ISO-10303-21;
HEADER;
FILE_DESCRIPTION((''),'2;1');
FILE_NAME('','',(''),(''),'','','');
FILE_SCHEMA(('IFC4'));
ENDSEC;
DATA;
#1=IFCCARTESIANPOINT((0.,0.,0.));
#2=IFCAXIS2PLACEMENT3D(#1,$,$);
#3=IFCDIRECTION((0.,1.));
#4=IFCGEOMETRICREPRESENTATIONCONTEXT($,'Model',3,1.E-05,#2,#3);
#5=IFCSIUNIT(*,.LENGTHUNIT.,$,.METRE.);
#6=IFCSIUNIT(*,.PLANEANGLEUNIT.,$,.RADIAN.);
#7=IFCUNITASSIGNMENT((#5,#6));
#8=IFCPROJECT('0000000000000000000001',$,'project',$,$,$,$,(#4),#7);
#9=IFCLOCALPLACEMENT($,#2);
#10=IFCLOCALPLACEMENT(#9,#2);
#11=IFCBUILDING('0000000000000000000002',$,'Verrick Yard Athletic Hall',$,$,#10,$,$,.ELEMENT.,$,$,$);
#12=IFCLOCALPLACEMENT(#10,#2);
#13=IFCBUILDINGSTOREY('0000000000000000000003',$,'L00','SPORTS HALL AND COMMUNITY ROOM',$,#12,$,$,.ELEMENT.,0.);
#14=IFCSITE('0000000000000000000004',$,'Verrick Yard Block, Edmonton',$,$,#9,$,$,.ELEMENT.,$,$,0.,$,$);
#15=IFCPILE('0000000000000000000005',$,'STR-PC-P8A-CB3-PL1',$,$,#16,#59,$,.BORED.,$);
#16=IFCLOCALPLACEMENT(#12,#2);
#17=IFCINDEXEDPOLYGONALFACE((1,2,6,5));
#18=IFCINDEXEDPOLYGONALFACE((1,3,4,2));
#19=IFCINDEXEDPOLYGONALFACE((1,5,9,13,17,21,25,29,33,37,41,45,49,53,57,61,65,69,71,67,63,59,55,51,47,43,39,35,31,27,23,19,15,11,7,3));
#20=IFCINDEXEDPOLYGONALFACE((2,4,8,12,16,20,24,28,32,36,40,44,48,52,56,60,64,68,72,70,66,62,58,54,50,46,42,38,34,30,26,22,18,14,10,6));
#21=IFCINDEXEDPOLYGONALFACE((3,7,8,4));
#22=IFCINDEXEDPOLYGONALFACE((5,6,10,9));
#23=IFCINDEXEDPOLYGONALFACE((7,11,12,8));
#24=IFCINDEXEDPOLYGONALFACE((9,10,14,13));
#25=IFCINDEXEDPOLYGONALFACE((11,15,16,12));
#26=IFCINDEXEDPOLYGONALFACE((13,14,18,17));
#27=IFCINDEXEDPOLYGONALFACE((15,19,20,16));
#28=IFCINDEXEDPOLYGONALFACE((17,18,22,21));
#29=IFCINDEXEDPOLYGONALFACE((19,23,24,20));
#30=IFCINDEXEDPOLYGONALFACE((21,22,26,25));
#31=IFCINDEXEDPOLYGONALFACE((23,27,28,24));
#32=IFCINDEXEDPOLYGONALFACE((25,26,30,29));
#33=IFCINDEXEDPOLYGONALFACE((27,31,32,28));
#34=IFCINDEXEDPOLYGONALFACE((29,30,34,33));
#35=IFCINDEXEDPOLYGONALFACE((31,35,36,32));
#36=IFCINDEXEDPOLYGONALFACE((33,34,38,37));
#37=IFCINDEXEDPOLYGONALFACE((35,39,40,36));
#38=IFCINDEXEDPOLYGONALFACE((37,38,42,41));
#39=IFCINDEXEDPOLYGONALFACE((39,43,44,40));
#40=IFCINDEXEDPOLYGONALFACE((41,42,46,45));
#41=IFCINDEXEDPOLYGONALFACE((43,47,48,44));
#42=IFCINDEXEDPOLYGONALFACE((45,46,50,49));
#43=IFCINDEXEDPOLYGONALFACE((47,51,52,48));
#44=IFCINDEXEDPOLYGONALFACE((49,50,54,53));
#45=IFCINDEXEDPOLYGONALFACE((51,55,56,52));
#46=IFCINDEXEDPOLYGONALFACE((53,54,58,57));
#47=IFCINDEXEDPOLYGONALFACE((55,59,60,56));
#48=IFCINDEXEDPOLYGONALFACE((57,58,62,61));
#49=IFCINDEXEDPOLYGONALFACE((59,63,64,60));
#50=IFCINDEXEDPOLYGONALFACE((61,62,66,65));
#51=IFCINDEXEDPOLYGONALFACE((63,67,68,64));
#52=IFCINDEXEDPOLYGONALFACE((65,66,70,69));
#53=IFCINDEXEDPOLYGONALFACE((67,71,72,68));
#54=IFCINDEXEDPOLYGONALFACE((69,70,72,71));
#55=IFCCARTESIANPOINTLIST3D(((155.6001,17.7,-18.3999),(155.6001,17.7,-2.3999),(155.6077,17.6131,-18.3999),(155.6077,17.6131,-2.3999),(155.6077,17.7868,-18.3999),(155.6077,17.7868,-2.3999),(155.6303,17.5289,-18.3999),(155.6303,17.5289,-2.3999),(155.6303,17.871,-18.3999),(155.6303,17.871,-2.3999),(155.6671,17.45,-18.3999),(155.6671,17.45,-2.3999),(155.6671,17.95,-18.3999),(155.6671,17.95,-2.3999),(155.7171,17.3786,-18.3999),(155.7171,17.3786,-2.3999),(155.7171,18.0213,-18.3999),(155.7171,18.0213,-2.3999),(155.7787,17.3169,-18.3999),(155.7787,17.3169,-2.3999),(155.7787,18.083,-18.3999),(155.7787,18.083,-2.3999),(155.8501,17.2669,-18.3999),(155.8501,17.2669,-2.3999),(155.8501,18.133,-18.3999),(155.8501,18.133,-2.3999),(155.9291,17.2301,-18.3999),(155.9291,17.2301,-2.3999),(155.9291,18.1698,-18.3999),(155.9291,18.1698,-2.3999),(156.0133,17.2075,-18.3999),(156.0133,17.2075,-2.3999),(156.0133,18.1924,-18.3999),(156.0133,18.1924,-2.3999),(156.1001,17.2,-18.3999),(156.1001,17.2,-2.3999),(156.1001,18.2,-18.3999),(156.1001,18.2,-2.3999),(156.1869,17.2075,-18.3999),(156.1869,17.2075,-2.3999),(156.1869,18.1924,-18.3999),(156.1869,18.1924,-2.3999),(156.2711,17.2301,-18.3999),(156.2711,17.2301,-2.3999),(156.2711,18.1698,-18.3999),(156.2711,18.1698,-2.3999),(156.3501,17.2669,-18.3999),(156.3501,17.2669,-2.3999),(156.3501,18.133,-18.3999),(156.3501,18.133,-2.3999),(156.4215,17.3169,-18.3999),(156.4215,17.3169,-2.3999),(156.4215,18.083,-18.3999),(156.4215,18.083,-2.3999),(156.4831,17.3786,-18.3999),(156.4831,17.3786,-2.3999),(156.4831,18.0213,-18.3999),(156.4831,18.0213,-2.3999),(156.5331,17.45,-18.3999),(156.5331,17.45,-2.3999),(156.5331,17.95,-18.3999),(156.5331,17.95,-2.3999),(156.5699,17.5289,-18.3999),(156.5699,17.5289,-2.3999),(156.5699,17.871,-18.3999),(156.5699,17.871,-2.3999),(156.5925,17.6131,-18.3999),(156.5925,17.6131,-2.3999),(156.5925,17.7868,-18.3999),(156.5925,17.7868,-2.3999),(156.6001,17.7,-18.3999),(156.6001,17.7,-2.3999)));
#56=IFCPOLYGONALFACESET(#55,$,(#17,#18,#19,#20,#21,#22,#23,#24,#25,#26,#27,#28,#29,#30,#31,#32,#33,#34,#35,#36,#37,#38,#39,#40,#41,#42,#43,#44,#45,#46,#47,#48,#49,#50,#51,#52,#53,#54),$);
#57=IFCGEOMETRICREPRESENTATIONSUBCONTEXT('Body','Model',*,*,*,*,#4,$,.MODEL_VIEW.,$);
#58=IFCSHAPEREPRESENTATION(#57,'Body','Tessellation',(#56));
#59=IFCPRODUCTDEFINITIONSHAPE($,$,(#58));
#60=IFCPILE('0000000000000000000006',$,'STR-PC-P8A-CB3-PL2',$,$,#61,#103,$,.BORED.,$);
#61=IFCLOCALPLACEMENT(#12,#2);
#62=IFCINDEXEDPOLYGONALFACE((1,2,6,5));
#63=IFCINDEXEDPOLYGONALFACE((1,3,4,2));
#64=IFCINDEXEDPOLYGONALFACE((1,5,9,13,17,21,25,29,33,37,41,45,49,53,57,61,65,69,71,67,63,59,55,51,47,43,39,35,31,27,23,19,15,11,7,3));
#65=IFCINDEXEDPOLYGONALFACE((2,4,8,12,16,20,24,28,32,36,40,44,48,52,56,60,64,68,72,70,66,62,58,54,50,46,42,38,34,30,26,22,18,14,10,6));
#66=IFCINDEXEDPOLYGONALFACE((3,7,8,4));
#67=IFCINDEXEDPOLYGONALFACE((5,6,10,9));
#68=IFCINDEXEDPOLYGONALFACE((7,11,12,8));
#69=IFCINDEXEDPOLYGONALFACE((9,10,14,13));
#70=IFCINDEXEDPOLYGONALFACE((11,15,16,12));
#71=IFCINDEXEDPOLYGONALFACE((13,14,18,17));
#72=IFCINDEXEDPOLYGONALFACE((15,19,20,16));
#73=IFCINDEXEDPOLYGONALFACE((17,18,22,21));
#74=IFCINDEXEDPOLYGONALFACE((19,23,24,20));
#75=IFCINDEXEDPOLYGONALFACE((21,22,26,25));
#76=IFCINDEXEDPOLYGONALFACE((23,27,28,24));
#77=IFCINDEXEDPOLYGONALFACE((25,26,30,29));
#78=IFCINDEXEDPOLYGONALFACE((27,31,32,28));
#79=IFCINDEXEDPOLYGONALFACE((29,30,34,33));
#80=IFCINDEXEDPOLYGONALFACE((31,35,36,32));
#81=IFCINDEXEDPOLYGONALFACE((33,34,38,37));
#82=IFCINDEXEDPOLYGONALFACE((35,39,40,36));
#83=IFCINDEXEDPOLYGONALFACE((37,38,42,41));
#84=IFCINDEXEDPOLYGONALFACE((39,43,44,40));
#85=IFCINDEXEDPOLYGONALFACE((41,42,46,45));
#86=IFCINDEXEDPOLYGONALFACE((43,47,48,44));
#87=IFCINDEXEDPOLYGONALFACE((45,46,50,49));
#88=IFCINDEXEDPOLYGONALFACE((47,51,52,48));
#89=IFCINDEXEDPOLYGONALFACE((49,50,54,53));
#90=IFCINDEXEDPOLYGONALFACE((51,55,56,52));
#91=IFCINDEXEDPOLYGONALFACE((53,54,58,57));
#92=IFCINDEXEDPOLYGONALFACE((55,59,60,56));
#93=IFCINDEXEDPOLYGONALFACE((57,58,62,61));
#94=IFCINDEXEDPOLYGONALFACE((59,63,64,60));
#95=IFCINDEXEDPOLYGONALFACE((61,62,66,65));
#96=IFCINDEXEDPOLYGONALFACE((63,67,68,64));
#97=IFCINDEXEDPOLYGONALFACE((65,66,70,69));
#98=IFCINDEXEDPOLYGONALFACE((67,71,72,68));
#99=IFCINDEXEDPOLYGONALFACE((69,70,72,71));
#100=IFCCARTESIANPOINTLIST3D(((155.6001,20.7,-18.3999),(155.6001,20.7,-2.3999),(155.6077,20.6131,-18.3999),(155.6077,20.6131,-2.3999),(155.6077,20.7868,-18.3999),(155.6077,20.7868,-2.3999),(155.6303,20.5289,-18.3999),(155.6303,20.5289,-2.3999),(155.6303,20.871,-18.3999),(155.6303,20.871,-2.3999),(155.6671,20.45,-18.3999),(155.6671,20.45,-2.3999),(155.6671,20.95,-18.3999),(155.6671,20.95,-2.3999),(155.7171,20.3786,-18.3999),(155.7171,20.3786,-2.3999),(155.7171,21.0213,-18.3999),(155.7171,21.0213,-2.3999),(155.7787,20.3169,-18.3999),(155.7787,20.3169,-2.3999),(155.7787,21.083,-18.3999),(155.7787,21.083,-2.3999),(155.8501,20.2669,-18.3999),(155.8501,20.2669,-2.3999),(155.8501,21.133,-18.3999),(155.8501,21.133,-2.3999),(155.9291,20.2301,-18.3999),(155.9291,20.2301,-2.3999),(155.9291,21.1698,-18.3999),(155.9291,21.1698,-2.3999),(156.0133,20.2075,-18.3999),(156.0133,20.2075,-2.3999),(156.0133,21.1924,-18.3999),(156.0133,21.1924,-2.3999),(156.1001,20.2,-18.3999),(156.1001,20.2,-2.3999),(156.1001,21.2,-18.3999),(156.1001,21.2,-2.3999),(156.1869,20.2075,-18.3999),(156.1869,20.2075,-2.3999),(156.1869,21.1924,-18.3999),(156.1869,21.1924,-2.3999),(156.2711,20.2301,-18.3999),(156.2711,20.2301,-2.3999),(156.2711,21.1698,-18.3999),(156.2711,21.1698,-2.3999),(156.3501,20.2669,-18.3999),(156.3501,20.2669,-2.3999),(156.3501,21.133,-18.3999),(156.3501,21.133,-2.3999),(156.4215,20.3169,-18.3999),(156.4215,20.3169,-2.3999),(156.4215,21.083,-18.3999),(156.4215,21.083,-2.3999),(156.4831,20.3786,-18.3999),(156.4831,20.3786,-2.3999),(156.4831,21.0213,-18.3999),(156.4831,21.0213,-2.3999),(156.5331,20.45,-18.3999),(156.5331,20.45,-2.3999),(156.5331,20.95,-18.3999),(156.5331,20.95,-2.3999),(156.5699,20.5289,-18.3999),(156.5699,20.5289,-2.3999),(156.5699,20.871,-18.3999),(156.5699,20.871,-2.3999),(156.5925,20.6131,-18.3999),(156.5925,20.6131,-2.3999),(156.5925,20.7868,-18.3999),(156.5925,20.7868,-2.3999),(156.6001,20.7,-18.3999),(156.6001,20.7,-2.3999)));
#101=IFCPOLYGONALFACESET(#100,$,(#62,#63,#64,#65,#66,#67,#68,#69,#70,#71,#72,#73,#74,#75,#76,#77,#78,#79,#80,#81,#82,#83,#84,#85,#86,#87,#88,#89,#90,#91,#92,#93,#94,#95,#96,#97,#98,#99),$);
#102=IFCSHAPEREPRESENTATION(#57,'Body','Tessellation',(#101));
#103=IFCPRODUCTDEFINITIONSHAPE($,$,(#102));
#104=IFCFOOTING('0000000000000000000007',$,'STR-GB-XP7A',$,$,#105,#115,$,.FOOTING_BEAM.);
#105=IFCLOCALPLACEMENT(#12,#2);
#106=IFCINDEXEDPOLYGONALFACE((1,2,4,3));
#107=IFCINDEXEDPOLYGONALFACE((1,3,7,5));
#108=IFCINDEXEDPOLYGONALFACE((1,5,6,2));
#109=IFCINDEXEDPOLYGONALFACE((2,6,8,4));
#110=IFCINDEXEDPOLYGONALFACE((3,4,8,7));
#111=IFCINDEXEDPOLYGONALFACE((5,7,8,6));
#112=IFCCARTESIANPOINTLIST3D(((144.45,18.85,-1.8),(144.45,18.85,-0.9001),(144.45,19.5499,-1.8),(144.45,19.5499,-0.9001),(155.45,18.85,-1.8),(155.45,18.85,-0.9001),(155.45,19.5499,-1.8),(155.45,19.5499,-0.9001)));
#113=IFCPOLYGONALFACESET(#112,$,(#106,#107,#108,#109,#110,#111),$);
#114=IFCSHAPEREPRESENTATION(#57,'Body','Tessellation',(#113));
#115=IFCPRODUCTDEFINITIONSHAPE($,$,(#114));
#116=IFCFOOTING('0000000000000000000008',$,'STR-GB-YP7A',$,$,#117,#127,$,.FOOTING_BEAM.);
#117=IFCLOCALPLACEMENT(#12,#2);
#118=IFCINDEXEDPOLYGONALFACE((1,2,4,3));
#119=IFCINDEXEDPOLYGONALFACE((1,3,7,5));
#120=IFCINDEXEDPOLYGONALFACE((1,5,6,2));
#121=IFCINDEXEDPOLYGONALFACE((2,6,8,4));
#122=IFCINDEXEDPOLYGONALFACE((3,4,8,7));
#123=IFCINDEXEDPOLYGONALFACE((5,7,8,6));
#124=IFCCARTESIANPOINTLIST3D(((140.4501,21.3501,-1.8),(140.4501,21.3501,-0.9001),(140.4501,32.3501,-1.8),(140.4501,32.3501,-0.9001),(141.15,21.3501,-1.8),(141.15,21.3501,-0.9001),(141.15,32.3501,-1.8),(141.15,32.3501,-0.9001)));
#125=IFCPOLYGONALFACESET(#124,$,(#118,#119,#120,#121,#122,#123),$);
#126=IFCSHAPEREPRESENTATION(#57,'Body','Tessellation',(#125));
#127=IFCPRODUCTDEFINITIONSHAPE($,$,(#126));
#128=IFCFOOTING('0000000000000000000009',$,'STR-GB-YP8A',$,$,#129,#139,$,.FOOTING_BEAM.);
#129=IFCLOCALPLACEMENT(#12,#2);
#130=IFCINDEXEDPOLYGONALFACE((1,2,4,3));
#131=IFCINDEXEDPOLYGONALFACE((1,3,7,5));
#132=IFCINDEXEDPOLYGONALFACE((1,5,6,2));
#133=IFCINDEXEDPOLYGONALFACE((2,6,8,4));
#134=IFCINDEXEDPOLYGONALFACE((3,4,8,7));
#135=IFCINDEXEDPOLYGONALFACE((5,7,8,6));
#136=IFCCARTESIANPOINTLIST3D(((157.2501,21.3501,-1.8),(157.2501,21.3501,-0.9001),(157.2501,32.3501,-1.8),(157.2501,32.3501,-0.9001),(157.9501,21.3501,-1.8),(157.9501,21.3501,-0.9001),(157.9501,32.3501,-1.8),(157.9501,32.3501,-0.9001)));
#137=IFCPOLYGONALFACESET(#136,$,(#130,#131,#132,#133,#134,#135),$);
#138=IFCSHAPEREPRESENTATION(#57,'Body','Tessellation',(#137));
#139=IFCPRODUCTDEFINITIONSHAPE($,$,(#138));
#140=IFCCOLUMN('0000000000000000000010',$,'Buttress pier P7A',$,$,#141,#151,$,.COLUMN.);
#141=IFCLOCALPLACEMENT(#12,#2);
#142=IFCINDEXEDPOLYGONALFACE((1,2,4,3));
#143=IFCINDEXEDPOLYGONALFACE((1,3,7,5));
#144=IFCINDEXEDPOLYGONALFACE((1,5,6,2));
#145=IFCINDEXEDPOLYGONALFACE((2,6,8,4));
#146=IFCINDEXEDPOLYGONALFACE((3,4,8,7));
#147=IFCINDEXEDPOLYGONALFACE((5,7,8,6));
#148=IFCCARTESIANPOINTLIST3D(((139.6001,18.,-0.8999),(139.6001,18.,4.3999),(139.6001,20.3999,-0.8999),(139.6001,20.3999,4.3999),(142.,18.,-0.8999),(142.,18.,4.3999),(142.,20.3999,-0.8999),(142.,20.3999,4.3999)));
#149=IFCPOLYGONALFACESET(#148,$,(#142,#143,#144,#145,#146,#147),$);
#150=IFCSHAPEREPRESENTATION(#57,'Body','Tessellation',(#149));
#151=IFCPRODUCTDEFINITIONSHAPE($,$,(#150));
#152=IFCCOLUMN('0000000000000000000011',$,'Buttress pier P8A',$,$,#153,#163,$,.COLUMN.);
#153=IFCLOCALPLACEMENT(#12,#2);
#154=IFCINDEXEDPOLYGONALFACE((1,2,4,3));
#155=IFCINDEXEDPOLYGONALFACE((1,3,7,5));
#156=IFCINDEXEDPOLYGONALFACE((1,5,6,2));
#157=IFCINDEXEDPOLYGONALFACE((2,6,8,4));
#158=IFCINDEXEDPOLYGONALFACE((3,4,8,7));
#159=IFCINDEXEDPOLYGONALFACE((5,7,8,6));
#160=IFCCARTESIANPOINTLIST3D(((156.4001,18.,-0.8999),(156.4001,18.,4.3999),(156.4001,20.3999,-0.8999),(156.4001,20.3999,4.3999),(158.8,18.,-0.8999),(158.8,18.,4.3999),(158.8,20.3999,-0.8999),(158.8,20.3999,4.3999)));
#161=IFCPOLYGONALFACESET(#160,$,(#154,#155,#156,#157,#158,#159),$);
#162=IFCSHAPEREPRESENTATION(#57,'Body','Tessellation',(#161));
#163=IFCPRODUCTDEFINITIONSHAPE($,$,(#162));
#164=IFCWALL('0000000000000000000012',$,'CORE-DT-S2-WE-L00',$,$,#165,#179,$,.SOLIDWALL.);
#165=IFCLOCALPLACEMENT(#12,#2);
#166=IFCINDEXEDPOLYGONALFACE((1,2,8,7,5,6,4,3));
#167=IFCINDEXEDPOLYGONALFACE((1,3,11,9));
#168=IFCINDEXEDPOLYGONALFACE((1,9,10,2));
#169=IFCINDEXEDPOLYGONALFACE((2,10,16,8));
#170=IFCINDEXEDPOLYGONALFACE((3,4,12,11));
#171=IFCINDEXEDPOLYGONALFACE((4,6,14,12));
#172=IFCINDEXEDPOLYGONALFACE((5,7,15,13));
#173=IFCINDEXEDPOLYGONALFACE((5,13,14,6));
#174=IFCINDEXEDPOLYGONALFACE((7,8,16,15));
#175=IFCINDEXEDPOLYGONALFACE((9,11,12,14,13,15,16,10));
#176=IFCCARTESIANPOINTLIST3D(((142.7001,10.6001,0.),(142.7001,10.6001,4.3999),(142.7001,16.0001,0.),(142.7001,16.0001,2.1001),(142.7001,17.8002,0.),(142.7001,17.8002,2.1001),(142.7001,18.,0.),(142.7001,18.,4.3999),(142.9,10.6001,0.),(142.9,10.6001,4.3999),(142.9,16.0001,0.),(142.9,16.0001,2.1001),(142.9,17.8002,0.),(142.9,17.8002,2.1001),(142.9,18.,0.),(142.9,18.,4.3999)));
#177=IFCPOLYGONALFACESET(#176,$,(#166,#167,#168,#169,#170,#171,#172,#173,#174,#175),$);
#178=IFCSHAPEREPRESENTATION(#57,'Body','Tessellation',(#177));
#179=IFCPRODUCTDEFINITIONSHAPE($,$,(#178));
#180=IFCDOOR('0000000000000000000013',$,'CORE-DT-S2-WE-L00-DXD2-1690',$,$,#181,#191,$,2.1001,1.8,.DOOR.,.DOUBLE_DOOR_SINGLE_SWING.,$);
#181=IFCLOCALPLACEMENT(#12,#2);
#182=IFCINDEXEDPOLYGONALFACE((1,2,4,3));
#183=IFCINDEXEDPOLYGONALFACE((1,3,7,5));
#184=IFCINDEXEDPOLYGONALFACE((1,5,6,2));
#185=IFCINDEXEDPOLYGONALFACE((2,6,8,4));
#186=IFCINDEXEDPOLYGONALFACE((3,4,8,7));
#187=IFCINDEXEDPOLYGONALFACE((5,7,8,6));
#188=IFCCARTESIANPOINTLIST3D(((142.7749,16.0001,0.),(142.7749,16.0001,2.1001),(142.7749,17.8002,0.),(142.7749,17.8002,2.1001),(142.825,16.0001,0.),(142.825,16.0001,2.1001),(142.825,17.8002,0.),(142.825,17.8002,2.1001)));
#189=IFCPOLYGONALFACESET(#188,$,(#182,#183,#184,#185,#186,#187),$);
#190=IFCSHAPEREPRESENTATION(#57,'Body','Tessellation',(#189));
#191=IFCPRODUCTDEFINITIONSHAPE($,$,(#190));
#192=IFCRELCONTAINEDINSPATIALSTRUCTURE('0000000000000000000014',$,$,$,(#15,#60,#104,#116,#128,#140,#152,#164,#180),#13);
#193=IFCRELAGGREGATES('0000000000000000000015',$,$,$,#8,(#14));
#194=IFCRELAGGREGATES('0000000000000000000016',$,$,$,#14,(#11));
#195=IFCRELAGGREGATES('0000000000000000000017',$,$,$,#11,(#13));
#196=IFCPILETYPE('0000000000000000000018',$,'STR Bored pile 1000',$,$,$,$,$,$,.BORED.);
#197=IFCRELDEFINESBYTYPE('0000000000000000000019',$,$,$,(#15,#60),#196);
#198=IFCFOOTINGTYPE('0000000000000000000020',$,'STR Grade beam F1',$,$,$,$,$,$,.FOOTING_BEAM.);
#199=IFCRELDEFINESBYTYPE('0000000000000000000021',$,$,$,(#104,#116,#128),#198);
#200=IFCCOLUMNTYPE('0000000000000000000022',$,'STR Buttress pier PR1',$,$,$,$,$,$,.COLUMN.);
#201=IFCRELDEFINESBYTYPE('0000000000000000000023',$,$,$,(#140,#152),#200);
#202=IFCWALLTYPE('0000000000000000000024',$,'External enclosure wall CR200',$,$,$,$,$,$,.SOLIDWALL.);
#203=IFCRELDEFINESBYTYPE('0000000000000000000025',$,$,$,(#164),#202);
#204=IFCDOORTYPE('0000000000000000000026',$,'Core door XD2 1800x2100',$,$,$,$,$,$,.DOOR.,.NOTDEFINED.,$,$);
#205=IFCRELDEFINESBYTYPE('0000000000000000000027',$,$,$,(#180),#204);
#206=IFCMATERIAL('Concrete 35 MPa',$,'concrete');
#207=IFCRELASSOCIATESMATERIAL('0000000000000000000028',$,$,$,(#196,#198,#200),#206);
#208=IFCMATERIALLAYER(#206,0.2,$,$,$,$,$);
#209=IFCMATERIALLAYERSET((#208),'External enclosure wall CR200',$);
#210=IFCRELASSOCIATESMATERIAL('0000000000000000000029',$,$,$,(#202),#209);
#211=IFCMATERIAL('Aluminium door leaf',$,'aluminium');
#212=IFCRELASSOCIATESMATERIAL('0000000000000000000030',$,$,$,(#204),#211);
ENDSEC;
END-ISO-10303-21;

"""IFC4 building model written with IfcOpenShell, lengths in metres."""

from ifc_helpers import new_model, si_unit, direction, frame, frame_2d, origin, origin_2d, place, context, subcontext, project, spatial, rectangle, circle, extrude, material, layer, layer_set, material_profile, profile_set, type_object, element, fill, save


model = new_model("IFC4")

# Units and contexts
model_context = context("Model", 3, precision=1e-05, world=origin(), true_north=direction((0.0, 1.0)))
body_context = subcontext(model_context, "Body", "Model", "MODEL_VIEW")
ifc_project = project(units=[si_unit("LENGTHUNIT", "METRE"), si_unit("PLANEANGLEUNIT", "RADIAN")], contexts=[model_context])

# Site, building, storey
site_placement = place(None, origin())
site = spatial("IfcSite", under=ifc_project, at=site_placement, Name="Verrick Yard Block, Edmonton", CompositionType="ELEMENT", RefElevation=0.0)
building_placement = place(site_placement, origin())
building = spatial("IfcBuilding", under=site, at=building_placement, Name="Verrick Yard Athletic Hall", CompositionType="ELEMENT")
storey_placement = place(building_placement, origin())
storey = spatial("IfcBuildingStorey", under=building, at=storey_placement, Name="L00", Description="SPORTS HALL AND COMMUNITY ROOM", CompositionType="ELEMENT", Elevation=0.0)

# Piles
ifc_material_1 = material(Name="Concrete 35 MPa", Category="concrete")
pile_type = type_object("IfcPileType", Name="STR Bored pile 1000", PredefinedType="BORED", material=ifc_material_1)
for number, where, z_axis, x_axis, name in (
    (1, (156.1001, 17.7, -2.3999), (0.0, 0.0, -1.0), (1.0, 0.0, 0.0), "STR-PC-P8A-CB3-PL1"),
    (2, (156.1001, 20.7, -2.3999), (0.0, 0.0, -1.0), (1.0, 0.0, 0.0), "STR-PC-P8A-CB3-PL2"),
):
    element("IfcPile", number, at=place(storey_placement, frame(where, z_axis=z_axis, x_axis=x_axis)), inside=storey, type_object=pile_type, Name=name, PredefinedType="BORED", context=body_context, shape_type="SweptSolid", body=[
        extrude(circle(Radius=0.5, at=origin_2d()), origin(), (0.0, 0.0, 1.0), 16.0),
    ])

# Footings
ifc_material_profile_1 = material_profile(ifc_material_1, rectangle(XDim=0.7, YDim=0.8999, at=origin_2d()), Name="STR Grade beam F1")
ifc_profile_set_1 = profile_set([ifc_material_profile_1], Name="Concrete 35 MPa")
footing_type = type_object("IfcFootingType", Name="STR Grade beam F1", PredefinedType="FOOTING_BEAM", material=ifc_profile_set_1)
for number, where, z_axis, x_axis, name in (
    (3, (144.45, 19.2, -1.3501), (1.0, 0.0, 0.0), (0.0, 1.0, 0.0), "STR-GB-XP7A"),
    (4, (140.8, 21.3501, -1.3501), (0.0, 1.0, 0.0), (-1.0, 0.0, 0.0), "STR-GB-YP7A"),
    (5, (157.6001, 21.3501, -1.3501), (0.0, 1.0, 0.0), (-1.0, 0.0, 0.0), "STR-GB-YP8A"),
):
    element("IfcFooting", number, at=place(storey_placement, frame(where, z_axis=z_axis, x_axis=x_axis)), inside=storey, type_object=footing_type, Name=name, PredefinedType="FOOTING_BEAM", context=body_context, shape_type="SweptSolid", body=[
        extrude(rectangle(XDim=0.7, YDim=0.8999, at=origin_2d()), origin(), (0.0, 0.0, 1.0), 11.0),
    ])

# Columns
ifc_material_profile_2 = material_profile(ifc_material_1, rectangle(XDim=2.3999, YDim=2.3999, at=origin_2d()), Name="STR Buttress pier PR1")
ifc_profile_set_2 = profile_set([ifc_material_profile_2], Name="Concrete 35 MPa")
column_type = type_object("IfcColumnType", Name="STR Buttress pier PR1", PredefinedType="COLUMN", material=ifc_profile_set_2)
for number, where, z_axis, x_axis, name in (
    (6, (140.8, 19.2, -0.8999), (0.0, 0.0, 1.0), (1.0, 0.0, 0.0), "Buttress pier P7A"),
    (7, (157.6001, 19.2, -0.8999), (0.0, 0.0, 1.0), (1.0, 0.0, 0.0), "Buttress pier P8A"),
):
    element("IfcColumn", number, at=place(storey_placement, frame(where, z_axis=z_axis, x_axis=x_axis)), inside=storey, type_object=column_type, Name=name, PredefinedType="COLUMN", context=body_context, shape_type="SweptSolid", body=[
        extrude(rectangle(XDim=2.3999, YDim=2.3999, at=origin_2d()), origin(), (0.0, 0.0, 1.0), 5.2998),
    ])

# Wall, opening, door
ifc_layer_1 = layer(ifc_material_1, 0.2)
ifc_layer_set_1 = layer_set([ifc_layer_1], Name="External enclosure wall CR200")
wall_type_1 = type_object("IfcWallType", Name="External enclosure wall CR200", PredefinedType="SOLIDWALL", material=ifc_layer_set_1)
wall_1_placement = place(storey_placement, frame((142.8, 18.0, 0.0), z_axis=(0.0, 0.0, 1.0), x_axis=(0.0, -1.0, 0.0)))
wall_1 = element("IfcWall", 8, at=wall_1_placement, inside=storey, type_object=wall_type_1, Name="CORE-DT-S2-WE-L00", PredefinedType="SOLIDWALL", context=body_context, shape_type="SweptSolid", body=[
    extrude(rectangle(XDim=7.3999, YDim=0.2, at=frame_2d((3.7, 0.0))), origin(), (0.0, 0.0, 1.0), 4.3999),
])
opening_1_placement = place(wall_1_placement, frame((0.2, 0.0, 0.0)))
opening_1 = element("IfcOpeningElement", 9, at=opening_1_placement, cuts=wall_1, PredefinedType="OPENING", context=body_context, shape_type="SweptSolid", body=[
    extrude(rectangle(XDim=1.8, YDim=2.1001, at=frame_2d((0.8999, 1.05))), frame((0.0, 0.1099, 0.0), z_axis=(0.0, -1.0, 0.0), x_axis=(1.0, 0.0, 0.0)), (0.0, 0.0, 1.0), 0.22),
])
ifc_material_2 = material(Name="Aluminium door leaf", Category="aluminium")
door_type_1 = type_object("IfcDoorType", Name="Core door XD2 1800x2100", OperationType="NOTDEFINED", PredefinedType="DOOR", material=ifc_material_2)
door_1_placement = place(opening_1_placement, origin())
door_1 = element("IfcDoor", 10, at=door_1_placement, inside=storey, type_object=door_type_1, Name="CORE-DT-S2-WE-L00-DXD2-1690", OperationType="DOUBLE_DOOR_SINGLE_SWING", OverallHeight=2.1001, OverallWidth=1.8, PredefinedType="DOOR", context=body_context, shape_type="SweptSolid", body=[
    extrude(rectangle(XDim=1.8, YDim=2.1001, at=frame_2d((0.8999, 1.05))), frame((0.0, 0.0249, 0.0), z_axis=(0.0, -1.0, 0.0), x_axis=(1.0, 0.0, 0.0)), (0.0, 0.0, 1.0), 0.05),
])
fill(opening_1, door_1)

save(model, "model.ifc")
